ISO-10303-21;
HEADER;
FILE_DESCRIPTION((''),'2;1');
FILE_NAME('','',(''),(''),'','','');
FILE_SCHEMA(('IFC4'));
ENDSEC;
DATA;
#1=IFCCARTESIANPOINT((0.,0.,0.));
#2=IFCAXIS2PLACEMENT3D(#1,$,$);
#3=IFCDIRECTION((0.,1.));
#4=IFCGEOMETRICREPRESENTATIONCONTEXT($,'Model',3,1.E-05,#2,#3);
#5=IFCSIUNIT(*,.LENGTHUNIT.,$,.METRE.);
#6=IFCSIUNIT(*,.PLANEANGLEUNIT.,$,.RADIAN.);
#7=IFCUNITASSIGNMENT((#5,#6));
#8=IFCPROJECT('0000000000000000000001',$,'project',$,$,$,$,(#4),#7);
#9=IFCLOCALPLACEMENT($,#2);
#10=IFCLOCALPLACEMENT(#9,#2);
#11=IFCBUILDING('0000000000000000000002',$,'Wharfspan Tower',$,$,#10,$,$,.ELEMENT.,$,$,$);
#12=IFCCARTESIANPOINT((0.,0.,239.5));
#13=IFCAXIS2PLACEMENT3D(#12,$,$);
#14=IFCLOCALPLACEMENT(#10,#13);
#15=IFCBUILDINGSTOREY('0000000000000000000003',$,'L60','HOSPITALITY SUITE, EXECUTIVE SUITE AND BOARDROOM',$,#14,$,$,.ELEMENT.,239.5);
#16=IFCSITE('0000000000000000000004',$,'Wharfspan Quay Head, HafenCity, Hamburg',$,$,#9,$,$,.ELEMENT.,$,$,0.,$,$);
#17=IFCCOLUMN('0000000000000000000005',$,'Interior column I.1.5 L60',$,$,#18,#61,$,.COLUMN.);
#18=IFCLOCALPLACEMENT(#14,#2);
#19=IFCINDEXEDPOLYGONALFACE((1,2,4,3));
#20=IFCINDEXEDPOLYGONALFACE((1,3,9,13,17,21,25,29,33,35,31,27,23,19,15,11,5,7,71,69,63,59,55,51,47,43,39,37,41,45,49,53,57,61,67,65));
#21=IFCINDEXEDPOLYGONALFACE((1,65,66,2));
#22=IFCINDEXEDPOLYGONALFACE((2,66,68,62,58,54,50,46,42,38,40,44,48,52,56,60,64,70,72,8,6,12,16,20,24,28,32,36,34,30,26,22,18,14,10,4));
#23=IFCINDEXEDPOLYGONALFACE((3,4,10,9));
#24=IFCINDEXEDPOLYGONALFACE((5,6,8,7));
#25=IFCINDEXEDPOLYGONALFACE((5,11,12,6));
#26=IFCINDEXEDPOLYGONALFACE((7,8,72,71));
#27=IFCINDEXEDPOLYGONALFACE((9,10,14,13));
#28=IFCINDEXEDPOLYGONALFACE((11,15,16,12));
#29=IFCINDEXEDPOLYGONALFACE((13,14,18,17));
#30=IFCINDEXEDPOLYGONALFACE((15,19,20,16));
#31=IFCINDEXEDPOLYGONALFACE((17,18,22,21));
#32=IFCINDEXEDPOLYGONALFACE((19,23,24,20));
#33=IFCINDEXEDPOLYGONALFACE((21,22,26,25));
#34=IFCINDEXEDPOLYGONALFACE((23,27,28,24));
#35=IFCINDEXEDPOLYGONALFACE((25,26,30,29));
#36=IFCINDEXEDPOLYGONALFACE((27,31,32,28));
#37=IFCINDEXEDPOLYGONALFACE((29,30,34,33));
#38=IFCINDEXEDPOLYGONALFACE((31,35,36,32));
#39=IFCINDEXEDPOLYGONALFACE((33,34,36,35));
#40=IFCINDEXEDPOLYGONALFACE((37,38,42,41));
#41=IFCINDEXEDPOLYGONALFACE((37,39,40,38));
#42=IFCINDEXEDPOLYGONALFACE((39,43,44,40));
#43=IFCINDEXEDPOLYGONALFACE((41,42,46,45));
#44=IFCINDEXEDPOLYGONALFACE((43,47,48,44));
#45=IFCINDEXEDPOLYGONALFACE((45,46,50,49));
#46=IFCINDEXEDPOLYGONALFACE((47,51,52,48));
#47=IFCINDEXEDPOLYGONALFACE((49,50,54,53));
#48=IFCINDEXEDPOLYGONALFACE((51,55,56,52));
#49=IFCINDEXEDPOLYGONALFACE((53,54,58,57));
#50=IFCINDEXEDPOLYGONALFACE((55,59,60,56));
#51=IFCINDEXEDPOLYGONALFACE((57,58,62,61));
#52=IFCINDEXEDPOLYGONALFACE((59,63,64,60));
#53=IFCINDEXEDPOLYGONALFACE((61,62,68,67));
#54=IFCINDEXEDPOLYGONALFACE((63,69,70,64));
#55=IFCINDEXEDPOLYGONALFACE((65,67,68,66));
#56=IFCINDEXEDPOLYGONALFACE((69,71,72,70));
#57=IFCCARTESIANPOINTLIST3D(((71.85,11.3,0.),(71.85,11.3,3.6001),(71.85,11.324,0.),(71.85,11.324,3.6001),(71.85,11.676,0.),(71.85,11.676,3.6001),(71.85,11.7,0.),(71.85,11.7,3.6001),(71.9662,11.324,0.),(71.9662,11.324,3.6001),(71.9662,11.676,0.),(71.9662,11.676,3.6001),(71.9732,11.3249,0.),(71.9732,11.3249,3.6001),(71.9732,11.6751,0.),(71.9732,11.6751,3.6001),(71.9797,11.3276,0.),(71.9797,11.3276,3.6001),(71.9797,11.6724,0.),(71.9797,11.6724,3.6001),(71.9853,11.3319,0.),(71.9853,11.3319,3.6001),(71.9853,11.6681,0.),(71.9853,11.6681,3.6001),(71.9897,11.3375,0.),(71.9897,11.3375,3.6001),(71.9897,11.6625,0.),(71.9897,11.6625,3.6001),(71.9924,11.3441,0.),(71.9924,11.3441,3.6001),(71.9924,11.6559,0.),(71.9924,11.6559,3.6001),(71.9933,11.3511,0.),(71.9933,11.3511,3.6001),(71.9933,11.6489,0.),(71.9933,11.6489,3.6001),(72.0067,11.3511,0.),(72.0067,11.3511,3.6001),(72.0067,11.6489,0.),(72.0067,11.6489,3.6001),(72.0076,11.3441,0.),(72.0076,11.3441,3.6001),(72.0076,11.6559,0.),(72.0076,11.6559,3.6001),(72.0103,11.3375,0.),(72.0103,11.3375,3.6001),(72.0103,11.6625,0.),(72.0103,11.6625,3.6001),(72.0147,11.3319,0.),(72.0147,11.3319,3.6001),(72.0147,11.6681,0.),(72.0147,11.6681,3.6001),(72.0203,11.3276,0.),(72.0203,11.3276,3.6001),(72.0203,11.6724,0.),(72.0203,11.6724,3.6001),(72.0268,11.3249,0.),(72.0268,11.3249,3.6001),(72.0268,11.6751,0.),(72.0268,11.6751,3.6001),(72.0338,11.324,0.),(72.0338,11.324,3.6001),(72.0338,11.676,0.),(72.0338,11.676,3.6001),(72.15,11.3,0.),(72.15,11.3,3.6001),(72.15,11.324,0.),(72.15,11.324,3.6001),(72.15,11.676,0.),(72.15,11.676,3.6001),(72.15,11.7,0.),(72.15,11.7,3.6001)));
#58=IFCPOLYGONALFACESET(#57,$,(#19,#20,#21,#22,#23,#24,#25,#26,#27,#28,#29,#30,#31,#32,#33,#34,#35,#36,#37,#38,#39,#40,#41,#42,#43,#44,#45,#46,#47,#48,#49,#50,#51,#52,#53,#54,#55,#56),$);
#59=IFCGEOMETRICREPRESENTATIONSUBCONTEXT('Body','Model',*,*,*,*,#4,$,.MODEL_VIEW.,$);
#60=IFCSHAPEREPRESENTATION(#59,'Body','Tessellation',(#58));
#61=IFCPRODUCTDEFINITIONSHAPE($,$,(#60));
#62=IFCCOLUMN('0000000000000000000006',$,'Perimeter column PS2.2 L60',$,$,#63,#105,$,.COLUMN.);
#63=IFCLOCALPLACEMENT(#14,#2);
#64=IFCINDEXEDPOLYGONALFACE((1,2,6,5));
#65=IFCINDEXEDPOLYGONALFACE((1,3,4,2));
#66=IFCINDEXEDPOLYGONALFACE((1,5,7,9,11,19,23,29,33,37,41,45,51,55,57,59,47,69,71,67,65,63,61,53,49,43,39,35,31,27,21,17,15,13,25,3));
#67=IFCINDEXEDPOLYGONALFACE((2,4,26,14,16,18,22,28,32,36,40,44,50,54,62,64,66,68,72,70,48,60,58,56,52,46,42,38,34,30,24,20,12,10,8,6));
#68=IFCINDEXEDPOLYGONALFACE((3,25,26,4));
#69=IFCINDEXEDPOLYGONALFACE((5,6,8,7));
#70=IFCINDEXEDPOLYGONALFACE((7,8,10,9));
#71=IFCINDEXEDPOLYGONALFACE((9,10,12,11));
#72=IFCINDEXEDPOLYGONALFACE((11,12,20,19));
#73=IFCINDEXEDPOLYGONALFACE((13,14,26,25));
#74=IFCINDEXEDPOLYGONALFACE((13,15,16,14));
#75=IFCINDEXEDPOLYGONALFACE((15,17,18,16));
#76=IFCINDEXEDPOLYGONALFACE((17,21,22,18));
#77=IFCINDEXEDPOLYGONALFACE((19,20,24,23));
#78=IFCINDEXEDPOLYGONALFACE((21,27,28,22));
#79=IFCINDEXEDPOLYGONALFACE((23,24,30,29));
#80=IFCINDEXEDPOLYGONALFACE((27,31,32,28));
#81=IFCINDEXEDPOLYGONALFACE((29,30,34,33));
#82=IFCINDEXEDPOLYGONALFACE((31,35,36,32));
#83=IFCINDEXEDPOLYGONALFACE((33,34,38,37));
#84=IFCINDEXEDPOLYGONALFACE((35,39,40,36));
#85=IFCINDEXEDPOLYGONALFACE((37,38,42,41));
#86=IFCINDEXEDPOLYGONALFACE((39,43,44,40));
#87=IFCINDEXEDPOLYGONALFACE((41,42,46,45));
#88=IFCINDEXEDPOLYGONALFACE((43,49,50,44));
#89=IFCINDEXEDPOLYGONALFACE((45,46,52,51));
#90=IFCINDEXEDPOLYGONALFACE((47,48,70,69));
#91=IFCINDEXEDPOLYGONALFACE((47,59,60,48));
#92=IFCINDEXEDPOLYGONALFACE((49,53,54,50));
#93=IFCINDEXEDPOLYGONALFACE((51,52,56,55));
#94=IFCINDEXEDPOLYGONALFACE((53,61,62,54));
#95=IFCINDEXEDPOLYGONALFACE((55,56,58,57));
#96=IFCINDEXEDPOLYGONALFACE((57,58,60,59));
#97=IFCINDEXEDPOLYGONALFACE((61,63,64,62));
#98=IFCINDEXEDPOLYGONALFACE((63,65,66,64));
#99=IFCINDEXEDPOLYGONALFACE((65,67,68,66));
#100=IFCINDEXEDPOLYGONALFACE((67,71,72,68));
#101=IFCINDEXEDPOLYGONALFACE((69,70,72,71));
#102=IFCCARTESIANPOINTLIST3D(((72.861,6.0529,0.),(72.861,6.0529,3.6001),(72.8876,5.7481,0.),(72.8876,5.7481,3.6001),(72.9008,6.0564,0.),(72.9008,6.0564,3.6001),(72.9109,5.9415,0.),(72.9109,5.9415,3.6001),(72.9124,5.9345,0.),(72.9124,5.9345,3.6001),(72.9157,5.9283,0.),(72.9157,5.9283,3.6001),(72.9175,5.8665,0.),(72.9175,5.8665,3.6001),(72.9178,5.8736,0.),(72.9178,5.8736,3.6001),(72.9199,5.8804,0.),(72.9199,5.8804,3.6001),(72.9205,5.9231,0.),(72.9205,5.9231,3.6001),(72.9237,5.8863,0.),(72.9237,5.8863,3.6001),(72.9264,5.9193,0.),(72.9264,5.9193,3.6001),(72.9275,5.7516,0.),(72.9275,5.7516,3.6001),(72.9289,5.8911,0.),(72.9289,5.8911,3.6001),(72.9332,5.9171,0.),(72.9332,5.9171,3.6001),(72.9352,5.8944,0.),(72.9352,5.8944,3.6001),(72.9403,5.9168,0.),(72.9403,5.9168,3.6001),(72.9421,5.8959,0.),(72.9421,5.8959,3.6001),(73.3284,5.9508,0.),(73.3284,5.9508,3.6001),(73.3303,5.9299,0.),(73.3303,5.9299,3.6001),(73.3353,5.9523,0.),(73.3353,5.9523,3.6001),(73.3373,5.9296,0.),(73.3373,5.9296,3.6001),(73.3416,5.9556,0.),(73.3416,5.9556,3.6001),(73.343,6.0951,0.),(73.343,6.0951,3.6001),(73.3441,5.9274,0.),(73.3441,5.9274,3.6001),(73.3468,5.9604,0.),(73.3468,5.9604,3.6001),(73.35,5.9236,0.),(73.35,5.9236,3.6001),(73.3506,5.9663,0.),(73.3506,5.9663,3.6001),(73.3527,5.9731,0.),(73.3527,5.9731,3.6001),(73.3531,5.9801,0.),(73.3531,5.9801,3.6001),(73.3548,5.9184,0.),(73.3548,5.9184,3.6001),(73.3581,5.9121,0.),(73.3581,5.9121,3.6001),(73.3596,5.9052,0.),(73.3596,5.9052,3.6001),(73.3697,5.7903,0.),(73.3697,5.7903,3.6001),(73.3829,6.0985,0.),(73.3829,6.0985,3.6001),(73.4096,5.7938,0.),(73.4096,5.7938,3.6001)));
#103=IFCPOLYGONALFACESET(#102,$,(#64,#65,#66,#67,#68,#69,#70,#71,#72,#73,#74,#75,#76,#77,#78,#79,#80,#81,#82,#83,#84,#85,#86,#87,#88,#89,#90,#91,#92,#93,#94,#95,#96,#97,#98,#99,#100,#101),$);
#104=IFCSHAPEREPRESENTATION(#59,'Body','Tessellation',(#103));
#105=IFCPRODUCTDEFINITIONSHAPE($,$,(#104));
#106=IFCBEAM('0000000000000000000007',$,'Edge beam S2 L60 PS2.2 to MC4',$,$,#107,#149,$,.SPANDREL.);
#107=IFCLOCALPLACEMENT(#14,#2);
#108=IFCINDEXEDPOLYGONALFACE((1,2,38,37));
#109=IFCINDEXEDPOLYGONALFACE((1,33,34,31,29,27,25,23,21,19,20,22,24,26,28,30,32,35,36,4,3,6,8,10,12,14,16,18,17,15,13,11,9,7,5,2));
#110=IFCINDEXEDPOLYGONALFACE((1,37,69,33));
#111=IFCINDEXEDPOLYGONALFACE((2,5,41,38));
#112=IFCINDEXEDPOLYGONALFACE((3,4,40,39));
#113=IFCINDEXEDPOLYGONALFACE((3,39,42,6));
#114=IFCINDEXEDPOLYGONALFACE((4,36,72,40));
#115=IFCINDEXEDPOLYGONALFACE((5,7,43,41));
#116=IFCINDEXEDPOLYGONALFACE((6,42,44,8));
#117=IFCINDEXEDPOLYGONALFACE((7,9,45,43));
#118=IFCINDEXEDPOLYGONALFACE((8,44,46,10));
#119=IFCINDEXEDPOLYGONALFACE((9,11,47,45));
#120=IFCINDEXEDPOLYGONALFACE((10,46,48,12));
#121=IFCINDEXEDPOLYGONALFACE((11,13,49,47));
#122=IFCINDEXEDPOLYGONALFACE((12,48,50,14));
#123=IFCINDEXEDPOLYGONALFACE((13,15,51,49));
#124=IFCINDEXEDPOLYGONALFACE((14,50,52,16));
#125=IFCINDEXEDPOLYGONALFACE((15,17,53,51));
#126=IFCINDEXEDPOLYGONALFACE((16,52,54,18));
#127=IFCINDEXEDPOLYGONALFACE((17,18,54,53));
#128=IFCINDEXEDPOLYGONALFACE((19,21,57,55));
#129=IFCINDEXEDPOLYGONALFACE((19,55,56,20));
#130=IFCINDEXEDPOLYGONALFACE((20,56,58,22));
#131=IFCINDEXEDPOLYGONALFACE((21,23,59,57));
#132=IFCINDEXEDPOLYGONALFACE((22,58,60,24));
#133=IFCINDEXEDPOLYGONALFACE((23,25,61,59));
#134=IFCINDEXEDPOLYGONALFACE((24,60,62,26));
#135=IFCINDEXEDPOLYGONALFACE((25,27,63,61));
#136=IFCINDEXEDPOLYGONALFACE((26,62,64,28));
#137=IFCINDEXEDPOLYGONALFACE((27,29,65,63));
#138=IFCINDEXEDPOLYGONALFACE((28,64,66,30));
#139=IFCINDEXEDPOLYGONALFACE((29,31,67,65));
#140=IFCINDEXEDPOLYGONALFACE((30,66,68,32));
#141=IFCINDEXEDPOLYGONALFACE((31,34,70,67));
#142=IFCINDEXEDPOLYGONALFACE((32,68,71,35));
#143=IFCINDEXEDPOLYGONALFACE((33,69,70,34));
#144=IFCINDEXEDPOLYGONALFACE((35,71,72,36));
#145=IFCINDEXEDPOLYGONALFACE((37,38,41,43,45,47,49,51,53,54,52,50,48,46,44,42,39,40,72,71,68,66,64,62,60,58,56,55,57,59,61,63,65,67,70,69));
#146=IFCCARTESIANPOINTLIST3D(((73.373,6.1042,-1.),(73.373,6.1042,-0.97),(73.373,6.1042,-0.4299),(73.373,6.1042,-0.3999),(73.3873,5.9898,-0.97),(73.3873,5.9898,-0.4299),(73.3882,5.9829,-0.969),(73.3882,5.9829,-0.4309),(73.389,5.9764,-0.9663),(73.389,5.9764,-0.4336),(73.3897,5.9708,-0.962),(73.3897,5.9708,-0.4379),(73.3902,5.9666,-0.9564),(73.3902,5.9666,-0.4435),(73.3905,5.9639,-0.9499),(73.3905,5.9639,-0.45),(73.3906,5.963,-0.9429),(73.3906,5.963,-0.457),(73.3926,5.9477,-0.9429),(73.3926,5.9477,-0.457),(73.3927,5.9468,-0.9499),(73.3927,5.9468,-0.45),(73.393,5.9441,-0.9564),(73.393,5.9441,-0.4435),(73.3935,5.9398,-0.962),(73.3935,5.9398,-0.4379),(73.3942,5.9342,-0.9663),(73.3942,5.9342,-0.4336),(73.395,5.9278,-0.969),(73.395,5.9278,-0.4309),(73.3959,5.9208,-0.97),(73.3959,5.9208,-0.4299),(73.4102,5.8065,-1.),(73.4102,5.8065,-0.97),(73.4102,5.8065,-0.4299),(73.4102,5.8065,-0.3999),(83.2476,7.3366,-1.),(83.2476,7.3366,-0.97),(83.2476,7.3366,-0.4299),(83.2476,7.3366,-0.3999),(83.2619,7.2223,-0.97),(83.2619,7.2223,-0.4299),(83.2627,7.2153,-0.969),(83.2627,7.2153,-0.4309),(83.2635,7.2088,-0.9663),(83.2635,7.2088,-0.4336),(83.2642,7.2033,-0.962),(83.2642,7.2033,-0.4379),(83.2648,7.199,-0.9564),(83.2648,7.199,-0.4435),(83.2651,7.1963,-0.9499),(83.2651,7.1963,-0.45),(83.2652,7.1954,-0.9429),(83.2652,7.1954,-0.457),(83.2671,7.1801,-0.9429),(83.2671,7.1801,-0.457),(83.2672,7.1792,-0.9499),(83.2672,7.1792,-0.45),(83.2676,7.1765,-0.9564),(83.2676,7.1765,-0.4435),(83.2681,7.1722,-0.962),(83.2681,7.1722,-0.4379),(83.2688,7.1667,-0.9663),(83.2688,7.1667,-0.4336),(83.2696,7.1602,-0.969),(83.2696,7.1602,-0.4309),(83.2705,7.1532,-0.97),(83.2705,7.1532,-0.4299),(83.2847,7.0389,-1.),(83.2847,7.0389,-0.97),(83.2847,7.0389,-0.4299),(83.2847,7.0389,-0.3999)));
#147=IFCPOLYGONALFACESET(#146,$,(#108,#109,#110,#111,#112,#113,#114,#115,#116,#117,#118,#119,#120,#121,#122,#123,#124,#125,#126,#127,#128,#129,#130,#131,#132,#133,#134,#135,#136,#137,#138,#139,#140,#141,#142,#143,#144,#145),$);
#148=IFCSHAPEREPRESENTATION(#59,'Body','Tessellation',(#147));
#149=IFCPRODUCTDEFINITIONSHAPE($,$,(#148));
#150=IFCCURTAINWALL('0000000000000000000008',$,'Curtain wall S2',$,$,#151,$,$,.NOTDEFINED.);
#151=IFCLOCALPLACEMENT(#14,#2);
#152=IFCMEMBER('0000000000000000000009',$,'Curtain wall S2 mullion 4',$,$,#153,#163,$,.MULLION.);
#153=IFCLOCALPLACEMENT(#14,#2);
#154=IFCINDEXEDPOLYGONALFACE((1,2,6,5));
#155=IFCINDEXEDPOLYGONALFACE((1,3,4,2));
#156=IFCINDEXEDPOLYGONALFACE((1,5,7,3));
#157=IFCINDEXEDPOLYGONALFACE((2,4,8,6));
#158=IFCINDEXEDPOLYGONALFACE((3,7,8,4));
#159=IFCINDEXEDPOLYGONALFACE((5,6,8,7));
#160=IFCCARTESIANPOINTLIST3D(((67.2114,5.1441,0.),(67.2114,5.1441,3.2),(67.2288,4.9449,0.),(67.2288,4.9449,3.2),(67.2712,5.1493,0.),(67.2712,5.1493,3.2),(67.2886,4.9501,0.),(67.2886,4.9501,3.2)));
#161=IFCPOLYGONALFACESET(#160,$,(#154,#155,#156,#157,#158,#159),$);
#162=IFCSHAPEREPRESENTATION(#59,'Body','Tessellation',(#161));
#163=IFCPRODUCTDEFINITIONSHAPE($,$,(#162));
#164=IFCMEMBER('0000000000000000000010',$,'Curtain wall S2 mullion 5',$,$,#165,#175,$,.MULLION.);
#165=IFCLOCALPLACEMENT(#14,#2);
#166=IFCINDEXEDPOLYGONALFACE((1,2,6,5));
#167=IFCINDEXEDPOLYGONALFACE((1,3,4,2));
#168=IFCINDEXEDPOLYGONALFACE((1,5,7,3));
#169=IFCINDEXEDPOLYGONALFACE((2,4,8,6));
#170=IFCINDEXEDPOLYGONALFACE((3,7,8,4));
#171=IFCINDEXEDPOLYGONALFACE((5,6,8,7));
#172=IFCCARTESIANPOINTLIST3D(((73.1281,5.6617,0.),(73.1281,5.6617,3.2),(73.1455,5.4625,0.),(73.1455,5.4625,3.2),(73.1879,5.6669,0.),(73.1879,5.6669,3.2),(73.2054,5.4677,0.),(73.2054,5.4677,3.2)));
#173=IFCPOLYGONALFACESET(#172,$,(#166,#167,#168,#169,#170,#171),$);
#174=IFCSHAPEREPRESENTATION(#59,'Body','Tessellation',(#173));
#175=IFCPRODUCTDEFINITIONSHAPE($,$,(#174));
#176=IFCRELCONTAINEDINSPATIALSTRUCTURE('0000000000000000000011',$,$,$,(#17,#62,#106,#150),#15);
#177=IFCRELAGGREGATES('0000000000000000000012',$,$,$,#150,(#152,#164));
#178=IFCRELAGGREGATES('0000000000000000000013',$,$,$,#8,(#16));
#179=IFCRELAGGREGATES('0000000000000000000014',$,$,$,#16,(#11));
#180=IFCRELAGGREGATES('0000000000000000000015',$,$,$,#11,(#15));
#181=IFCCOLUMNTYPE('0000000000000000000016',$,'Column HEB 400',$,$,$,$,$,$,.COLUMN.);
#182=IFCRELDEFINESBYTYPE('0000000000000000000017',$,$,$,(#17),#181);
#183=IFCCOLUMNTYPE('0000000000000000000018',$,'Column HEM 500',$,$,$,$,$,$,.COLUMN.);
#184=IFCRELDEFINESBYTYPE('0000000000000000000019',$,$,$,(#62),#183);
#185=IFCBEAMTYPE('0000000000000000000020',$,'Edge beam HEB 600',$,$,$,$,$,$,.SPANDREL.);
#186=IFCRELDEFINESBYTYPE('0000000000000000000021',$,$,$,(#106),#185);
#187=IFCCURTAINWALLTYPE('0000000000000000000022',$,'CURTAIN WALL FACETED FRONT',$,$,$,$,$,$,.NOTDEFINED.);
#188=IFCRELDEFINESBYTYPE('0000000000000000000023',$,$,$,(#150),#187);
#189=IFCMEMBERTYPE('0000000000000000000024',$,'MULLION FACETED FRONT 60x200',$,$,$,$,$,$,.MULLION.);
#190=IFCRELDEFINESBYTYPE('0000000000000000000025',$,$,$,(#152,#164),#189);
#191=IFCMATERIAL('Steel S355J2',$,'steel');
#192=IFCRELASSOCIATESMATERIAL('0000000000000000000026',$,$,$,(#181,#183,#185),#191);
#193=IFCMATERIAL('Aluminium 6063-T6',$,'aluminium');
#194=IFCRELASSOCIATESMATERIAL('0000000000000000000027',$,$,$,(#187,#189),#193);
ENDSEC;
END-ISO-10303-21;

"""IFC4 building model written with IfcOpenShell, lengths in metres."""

from ifc_helpers import new_model, si_unit, direction, frame, origin, origin_2d, place, context, subcontext, project, spatial, rectangle, i_section, extrude, material, material_profile, profile_set, type_object, element, aggregate, save


model = new_model("IFC4")

# Units and contexts
model_context = context("Model", 3, precision=1e-05, world=origin(), true_north=direction((0.0, 1.0)))
body_context = subcontext(model_context, "Body", "Model", "MODEL_VIEW")
ifc_project = project(units=[si_unit("LENGTHUNIT", "METRE"), si_unit("PLANEANGLEUNIT", "RADIAN")], contexts=[model_context])

# Site, building, storey
site_placement = place(None, origin())
site = spatial("IfcSite", under=ifc_project, at=site_placement, Name="Wharfspan Quay Head, HafenCity, Hamburg", CompositionType="ELEMENT", RefElevation=0.0)
building_placement = place(site_placement, origin())
building = spatial("IfcBuilding", under=site, at=building_placement, Name="Wharfspan Tower", CompositionType="ELEMENT")
storey_placement = place(building_placement, frame((0.0, 0.0, 239.5)))
storey = spatial("IfcBuildingStorey", under=building, at=storey_placement, Name="L60", Description="HOSPITALITY SUITE, EXECUTIVE SUITE AND BOARDROOM", CompositionType="ELEMENT", Elevation=239.5)

# Columns
ifc_material_1 = material(Name="Steel S355J2", Category="steel")
ifc_material_profile_1 = material_profile(ifc_material_1, i_section(OverallWidth=0.3, OverallDepth=0.3999, WebThickness=0.0134, FlangeThickness=0.0239, FilletRadius=0.0271, at=origin_2d()))
ifc_profile_set_1 = profile_set([ifc_material_profile_1], Name="Steel S355J2")
column_type_1 = type_object("IfcColumnType", Name="Column HEB 400", PredefinedType="COLUMN", material=ifc_profile_set_1)
column_1_placement = place(storey_placement, frame((72.0, 11.5, 0.0), z_axis=(0.0, 0.0, 1.0), x_axis=(1.0, 0.0, 0.0)))
element("IfcColumn", 1, at=column_1_placement, inside=storey, type_object=column_type_1, Name="Interior column I.1.5 L60", PredefinedType="COLUMN", context=body_context, shape_type="SweptSolid", body=[
    extrude(i_section(OverallWidth=0.3, OverallDepth=0.3999, WebThickness=0.0134, FlangeThickness=0.0239, FilletRadius=0.0271, at=origin_2d()), origin(), (0.0, 0.0, 1.0), 3.6001),
])
ifc_material_profile_2 = material_profile(ifc_material_1, i_section(OverallWidth=0.3059, OverallDepth=0.5239, WebThickness=0.021, FlangeThickness=0.04, FilletRadius=0.0271, at=origin_2d()))
ifc_profile_set_2 = profile_set([ifc_material_profile_2], Name="Steel S355J2")
column_type_2 = type_object("IfcColumnType", Name="Column HEM 500", PredefinedType="COLUMN", material=ifc_profile_set_2)
column_2_placement = place(storey_placement, frame((73.1353, 5.9233, 0.0), z_axis=(0.0, 0.0, 1.0), x_axis=(0.087156, -0.996197, 0.0)))
element("IfcColumn", 2, at=column_2_placement, inside=storey, type_object=column_type_2, Name="Perimeter column PS2.2 L60", PredefinedType="COLUMN", context=body_context, shape_type="SweptSolid", body=[
    extrude(i_section(OverallWidth=0.3059, OverallDepth=0.5239, WebThickness=0.021, FlangeThickness=0.04, FilletRadius=0.0271, at=origin_2d()), origin(), (0.0, 0.0, 1.0), 3.6001),
])

# Beam
ifc_material_profile_3 = material_profile(ifc_material_1, i_section(OverallWidth=0.3, OverallDepth=0.6001, WebThickness=0.0154, FlangeThickness=0.03, FilletRadius=0.0271, at=origin_2d()))
ifc_profile_set_3 = profile_set([ifc_material_profile_3], Name="Steel S355J2")
beam_type = type_object("IfcBeamType", Name="Edge beam HEB 600", PredefinedType="SPANDREL", material=ifc_profile_set_3)
beam_placement = place(storey_placement, frame((73.3916, 5.9553, -0.7), z_axis=(0.992301, 0.123848, 0.0), x_axis=(-0.123848, 0.992301, 0.0)))
element("IfcBeam", 3, at=beam_placement, inside=storey, type_object=beam_type, Name="Edge beam S2 L60 PS2.2 to MC4", PredefinedType="SPANDREL", context=body_context, shape_type="SweptSolid", body=[
    extrude(i_section(OverallWidth=0.3, OverallDepth=0.6001, WebThickness=0.0154, FlangeThickness=0.03, FilletRadius=0.0271, at=origin_2d()), origin(), (0.0, 0.0, 1.0), 9.9512),
])

# Curtain wall, members
ifc_material_2 = material(Name="Aluminium 6063-T6", Category="aluminium")
curtain_wall_type = type_object("IfcCurtainWallType", Name="CURTAIN WALL FACETED FRONT", PredefinedType="NOTDEFINED", material=ifc_material_2)
curtain_wall_placement = place(storey_placement, origin())
curtain_wall = element("IfcCurtainWall", 4, at=curtain_wall_placement, inside=storey, type_object=curtain_wall_type, Name="Curtain wall S2", PredefinedType="NOTDEFINED")
ifc_material_profile_4 = material_profile(ifc_material_2, rectangle(XDim=0.2, YDim=0.0601, at=origin_2d()))
ifc_profile_set_4 = profile_set([ifc_material_profile_4], Name="Aluminium 6063-T6")
member_type_1 = type_object("IfcMemberType", Name="MULLION FACETED FRONT 60x200", PredefinedType="MULLION", material=ifc_profile_set_4)
member_1_placement = place(storey_placement, frame((67.25, 5.0471, 0.0), z_axis=(0.0, 0.0, 1.0), x_axis=(-0.087156, 0.996197, 0.0)))
member_1 = element("IfcMember", 5, at=member_1_placement, type_object=member_type_1, Name="Curtain wall S2 mullion 4", PredefinedType="MULLION", context=body_context, shape_type="SweptSolid", body=[
    extrude(rectangle(XDim=0.2, YDim=0.0601, at=origin_2d()), origin(), (0.0, 0.0, 1.0), 3.2),
])
member_2_placement = place(storey_placement, frame((73.1667, 5.5647, 0.0), z_axis=(0.0, 0.0, 1.0), x_axis=(-0.087156, 0.996197, 0.0)))
member_2 = element("IfcMember", 6, at=member_2_placement, type_object=member_type_1, Name="Curtain wall S2 mullion 5", PredefinedType="MULLION", context=body_context, shape_type="SweptSolid", body=[
    extrude(rectangle(XDim=0.2, YDim=0.0601, at=origin_2d()), origin(), (0.0, 0.0, 1.0), 3.2),
])

aggregate(curtain_wall, [member_1, member_2])

save(model, "model.ifc")
